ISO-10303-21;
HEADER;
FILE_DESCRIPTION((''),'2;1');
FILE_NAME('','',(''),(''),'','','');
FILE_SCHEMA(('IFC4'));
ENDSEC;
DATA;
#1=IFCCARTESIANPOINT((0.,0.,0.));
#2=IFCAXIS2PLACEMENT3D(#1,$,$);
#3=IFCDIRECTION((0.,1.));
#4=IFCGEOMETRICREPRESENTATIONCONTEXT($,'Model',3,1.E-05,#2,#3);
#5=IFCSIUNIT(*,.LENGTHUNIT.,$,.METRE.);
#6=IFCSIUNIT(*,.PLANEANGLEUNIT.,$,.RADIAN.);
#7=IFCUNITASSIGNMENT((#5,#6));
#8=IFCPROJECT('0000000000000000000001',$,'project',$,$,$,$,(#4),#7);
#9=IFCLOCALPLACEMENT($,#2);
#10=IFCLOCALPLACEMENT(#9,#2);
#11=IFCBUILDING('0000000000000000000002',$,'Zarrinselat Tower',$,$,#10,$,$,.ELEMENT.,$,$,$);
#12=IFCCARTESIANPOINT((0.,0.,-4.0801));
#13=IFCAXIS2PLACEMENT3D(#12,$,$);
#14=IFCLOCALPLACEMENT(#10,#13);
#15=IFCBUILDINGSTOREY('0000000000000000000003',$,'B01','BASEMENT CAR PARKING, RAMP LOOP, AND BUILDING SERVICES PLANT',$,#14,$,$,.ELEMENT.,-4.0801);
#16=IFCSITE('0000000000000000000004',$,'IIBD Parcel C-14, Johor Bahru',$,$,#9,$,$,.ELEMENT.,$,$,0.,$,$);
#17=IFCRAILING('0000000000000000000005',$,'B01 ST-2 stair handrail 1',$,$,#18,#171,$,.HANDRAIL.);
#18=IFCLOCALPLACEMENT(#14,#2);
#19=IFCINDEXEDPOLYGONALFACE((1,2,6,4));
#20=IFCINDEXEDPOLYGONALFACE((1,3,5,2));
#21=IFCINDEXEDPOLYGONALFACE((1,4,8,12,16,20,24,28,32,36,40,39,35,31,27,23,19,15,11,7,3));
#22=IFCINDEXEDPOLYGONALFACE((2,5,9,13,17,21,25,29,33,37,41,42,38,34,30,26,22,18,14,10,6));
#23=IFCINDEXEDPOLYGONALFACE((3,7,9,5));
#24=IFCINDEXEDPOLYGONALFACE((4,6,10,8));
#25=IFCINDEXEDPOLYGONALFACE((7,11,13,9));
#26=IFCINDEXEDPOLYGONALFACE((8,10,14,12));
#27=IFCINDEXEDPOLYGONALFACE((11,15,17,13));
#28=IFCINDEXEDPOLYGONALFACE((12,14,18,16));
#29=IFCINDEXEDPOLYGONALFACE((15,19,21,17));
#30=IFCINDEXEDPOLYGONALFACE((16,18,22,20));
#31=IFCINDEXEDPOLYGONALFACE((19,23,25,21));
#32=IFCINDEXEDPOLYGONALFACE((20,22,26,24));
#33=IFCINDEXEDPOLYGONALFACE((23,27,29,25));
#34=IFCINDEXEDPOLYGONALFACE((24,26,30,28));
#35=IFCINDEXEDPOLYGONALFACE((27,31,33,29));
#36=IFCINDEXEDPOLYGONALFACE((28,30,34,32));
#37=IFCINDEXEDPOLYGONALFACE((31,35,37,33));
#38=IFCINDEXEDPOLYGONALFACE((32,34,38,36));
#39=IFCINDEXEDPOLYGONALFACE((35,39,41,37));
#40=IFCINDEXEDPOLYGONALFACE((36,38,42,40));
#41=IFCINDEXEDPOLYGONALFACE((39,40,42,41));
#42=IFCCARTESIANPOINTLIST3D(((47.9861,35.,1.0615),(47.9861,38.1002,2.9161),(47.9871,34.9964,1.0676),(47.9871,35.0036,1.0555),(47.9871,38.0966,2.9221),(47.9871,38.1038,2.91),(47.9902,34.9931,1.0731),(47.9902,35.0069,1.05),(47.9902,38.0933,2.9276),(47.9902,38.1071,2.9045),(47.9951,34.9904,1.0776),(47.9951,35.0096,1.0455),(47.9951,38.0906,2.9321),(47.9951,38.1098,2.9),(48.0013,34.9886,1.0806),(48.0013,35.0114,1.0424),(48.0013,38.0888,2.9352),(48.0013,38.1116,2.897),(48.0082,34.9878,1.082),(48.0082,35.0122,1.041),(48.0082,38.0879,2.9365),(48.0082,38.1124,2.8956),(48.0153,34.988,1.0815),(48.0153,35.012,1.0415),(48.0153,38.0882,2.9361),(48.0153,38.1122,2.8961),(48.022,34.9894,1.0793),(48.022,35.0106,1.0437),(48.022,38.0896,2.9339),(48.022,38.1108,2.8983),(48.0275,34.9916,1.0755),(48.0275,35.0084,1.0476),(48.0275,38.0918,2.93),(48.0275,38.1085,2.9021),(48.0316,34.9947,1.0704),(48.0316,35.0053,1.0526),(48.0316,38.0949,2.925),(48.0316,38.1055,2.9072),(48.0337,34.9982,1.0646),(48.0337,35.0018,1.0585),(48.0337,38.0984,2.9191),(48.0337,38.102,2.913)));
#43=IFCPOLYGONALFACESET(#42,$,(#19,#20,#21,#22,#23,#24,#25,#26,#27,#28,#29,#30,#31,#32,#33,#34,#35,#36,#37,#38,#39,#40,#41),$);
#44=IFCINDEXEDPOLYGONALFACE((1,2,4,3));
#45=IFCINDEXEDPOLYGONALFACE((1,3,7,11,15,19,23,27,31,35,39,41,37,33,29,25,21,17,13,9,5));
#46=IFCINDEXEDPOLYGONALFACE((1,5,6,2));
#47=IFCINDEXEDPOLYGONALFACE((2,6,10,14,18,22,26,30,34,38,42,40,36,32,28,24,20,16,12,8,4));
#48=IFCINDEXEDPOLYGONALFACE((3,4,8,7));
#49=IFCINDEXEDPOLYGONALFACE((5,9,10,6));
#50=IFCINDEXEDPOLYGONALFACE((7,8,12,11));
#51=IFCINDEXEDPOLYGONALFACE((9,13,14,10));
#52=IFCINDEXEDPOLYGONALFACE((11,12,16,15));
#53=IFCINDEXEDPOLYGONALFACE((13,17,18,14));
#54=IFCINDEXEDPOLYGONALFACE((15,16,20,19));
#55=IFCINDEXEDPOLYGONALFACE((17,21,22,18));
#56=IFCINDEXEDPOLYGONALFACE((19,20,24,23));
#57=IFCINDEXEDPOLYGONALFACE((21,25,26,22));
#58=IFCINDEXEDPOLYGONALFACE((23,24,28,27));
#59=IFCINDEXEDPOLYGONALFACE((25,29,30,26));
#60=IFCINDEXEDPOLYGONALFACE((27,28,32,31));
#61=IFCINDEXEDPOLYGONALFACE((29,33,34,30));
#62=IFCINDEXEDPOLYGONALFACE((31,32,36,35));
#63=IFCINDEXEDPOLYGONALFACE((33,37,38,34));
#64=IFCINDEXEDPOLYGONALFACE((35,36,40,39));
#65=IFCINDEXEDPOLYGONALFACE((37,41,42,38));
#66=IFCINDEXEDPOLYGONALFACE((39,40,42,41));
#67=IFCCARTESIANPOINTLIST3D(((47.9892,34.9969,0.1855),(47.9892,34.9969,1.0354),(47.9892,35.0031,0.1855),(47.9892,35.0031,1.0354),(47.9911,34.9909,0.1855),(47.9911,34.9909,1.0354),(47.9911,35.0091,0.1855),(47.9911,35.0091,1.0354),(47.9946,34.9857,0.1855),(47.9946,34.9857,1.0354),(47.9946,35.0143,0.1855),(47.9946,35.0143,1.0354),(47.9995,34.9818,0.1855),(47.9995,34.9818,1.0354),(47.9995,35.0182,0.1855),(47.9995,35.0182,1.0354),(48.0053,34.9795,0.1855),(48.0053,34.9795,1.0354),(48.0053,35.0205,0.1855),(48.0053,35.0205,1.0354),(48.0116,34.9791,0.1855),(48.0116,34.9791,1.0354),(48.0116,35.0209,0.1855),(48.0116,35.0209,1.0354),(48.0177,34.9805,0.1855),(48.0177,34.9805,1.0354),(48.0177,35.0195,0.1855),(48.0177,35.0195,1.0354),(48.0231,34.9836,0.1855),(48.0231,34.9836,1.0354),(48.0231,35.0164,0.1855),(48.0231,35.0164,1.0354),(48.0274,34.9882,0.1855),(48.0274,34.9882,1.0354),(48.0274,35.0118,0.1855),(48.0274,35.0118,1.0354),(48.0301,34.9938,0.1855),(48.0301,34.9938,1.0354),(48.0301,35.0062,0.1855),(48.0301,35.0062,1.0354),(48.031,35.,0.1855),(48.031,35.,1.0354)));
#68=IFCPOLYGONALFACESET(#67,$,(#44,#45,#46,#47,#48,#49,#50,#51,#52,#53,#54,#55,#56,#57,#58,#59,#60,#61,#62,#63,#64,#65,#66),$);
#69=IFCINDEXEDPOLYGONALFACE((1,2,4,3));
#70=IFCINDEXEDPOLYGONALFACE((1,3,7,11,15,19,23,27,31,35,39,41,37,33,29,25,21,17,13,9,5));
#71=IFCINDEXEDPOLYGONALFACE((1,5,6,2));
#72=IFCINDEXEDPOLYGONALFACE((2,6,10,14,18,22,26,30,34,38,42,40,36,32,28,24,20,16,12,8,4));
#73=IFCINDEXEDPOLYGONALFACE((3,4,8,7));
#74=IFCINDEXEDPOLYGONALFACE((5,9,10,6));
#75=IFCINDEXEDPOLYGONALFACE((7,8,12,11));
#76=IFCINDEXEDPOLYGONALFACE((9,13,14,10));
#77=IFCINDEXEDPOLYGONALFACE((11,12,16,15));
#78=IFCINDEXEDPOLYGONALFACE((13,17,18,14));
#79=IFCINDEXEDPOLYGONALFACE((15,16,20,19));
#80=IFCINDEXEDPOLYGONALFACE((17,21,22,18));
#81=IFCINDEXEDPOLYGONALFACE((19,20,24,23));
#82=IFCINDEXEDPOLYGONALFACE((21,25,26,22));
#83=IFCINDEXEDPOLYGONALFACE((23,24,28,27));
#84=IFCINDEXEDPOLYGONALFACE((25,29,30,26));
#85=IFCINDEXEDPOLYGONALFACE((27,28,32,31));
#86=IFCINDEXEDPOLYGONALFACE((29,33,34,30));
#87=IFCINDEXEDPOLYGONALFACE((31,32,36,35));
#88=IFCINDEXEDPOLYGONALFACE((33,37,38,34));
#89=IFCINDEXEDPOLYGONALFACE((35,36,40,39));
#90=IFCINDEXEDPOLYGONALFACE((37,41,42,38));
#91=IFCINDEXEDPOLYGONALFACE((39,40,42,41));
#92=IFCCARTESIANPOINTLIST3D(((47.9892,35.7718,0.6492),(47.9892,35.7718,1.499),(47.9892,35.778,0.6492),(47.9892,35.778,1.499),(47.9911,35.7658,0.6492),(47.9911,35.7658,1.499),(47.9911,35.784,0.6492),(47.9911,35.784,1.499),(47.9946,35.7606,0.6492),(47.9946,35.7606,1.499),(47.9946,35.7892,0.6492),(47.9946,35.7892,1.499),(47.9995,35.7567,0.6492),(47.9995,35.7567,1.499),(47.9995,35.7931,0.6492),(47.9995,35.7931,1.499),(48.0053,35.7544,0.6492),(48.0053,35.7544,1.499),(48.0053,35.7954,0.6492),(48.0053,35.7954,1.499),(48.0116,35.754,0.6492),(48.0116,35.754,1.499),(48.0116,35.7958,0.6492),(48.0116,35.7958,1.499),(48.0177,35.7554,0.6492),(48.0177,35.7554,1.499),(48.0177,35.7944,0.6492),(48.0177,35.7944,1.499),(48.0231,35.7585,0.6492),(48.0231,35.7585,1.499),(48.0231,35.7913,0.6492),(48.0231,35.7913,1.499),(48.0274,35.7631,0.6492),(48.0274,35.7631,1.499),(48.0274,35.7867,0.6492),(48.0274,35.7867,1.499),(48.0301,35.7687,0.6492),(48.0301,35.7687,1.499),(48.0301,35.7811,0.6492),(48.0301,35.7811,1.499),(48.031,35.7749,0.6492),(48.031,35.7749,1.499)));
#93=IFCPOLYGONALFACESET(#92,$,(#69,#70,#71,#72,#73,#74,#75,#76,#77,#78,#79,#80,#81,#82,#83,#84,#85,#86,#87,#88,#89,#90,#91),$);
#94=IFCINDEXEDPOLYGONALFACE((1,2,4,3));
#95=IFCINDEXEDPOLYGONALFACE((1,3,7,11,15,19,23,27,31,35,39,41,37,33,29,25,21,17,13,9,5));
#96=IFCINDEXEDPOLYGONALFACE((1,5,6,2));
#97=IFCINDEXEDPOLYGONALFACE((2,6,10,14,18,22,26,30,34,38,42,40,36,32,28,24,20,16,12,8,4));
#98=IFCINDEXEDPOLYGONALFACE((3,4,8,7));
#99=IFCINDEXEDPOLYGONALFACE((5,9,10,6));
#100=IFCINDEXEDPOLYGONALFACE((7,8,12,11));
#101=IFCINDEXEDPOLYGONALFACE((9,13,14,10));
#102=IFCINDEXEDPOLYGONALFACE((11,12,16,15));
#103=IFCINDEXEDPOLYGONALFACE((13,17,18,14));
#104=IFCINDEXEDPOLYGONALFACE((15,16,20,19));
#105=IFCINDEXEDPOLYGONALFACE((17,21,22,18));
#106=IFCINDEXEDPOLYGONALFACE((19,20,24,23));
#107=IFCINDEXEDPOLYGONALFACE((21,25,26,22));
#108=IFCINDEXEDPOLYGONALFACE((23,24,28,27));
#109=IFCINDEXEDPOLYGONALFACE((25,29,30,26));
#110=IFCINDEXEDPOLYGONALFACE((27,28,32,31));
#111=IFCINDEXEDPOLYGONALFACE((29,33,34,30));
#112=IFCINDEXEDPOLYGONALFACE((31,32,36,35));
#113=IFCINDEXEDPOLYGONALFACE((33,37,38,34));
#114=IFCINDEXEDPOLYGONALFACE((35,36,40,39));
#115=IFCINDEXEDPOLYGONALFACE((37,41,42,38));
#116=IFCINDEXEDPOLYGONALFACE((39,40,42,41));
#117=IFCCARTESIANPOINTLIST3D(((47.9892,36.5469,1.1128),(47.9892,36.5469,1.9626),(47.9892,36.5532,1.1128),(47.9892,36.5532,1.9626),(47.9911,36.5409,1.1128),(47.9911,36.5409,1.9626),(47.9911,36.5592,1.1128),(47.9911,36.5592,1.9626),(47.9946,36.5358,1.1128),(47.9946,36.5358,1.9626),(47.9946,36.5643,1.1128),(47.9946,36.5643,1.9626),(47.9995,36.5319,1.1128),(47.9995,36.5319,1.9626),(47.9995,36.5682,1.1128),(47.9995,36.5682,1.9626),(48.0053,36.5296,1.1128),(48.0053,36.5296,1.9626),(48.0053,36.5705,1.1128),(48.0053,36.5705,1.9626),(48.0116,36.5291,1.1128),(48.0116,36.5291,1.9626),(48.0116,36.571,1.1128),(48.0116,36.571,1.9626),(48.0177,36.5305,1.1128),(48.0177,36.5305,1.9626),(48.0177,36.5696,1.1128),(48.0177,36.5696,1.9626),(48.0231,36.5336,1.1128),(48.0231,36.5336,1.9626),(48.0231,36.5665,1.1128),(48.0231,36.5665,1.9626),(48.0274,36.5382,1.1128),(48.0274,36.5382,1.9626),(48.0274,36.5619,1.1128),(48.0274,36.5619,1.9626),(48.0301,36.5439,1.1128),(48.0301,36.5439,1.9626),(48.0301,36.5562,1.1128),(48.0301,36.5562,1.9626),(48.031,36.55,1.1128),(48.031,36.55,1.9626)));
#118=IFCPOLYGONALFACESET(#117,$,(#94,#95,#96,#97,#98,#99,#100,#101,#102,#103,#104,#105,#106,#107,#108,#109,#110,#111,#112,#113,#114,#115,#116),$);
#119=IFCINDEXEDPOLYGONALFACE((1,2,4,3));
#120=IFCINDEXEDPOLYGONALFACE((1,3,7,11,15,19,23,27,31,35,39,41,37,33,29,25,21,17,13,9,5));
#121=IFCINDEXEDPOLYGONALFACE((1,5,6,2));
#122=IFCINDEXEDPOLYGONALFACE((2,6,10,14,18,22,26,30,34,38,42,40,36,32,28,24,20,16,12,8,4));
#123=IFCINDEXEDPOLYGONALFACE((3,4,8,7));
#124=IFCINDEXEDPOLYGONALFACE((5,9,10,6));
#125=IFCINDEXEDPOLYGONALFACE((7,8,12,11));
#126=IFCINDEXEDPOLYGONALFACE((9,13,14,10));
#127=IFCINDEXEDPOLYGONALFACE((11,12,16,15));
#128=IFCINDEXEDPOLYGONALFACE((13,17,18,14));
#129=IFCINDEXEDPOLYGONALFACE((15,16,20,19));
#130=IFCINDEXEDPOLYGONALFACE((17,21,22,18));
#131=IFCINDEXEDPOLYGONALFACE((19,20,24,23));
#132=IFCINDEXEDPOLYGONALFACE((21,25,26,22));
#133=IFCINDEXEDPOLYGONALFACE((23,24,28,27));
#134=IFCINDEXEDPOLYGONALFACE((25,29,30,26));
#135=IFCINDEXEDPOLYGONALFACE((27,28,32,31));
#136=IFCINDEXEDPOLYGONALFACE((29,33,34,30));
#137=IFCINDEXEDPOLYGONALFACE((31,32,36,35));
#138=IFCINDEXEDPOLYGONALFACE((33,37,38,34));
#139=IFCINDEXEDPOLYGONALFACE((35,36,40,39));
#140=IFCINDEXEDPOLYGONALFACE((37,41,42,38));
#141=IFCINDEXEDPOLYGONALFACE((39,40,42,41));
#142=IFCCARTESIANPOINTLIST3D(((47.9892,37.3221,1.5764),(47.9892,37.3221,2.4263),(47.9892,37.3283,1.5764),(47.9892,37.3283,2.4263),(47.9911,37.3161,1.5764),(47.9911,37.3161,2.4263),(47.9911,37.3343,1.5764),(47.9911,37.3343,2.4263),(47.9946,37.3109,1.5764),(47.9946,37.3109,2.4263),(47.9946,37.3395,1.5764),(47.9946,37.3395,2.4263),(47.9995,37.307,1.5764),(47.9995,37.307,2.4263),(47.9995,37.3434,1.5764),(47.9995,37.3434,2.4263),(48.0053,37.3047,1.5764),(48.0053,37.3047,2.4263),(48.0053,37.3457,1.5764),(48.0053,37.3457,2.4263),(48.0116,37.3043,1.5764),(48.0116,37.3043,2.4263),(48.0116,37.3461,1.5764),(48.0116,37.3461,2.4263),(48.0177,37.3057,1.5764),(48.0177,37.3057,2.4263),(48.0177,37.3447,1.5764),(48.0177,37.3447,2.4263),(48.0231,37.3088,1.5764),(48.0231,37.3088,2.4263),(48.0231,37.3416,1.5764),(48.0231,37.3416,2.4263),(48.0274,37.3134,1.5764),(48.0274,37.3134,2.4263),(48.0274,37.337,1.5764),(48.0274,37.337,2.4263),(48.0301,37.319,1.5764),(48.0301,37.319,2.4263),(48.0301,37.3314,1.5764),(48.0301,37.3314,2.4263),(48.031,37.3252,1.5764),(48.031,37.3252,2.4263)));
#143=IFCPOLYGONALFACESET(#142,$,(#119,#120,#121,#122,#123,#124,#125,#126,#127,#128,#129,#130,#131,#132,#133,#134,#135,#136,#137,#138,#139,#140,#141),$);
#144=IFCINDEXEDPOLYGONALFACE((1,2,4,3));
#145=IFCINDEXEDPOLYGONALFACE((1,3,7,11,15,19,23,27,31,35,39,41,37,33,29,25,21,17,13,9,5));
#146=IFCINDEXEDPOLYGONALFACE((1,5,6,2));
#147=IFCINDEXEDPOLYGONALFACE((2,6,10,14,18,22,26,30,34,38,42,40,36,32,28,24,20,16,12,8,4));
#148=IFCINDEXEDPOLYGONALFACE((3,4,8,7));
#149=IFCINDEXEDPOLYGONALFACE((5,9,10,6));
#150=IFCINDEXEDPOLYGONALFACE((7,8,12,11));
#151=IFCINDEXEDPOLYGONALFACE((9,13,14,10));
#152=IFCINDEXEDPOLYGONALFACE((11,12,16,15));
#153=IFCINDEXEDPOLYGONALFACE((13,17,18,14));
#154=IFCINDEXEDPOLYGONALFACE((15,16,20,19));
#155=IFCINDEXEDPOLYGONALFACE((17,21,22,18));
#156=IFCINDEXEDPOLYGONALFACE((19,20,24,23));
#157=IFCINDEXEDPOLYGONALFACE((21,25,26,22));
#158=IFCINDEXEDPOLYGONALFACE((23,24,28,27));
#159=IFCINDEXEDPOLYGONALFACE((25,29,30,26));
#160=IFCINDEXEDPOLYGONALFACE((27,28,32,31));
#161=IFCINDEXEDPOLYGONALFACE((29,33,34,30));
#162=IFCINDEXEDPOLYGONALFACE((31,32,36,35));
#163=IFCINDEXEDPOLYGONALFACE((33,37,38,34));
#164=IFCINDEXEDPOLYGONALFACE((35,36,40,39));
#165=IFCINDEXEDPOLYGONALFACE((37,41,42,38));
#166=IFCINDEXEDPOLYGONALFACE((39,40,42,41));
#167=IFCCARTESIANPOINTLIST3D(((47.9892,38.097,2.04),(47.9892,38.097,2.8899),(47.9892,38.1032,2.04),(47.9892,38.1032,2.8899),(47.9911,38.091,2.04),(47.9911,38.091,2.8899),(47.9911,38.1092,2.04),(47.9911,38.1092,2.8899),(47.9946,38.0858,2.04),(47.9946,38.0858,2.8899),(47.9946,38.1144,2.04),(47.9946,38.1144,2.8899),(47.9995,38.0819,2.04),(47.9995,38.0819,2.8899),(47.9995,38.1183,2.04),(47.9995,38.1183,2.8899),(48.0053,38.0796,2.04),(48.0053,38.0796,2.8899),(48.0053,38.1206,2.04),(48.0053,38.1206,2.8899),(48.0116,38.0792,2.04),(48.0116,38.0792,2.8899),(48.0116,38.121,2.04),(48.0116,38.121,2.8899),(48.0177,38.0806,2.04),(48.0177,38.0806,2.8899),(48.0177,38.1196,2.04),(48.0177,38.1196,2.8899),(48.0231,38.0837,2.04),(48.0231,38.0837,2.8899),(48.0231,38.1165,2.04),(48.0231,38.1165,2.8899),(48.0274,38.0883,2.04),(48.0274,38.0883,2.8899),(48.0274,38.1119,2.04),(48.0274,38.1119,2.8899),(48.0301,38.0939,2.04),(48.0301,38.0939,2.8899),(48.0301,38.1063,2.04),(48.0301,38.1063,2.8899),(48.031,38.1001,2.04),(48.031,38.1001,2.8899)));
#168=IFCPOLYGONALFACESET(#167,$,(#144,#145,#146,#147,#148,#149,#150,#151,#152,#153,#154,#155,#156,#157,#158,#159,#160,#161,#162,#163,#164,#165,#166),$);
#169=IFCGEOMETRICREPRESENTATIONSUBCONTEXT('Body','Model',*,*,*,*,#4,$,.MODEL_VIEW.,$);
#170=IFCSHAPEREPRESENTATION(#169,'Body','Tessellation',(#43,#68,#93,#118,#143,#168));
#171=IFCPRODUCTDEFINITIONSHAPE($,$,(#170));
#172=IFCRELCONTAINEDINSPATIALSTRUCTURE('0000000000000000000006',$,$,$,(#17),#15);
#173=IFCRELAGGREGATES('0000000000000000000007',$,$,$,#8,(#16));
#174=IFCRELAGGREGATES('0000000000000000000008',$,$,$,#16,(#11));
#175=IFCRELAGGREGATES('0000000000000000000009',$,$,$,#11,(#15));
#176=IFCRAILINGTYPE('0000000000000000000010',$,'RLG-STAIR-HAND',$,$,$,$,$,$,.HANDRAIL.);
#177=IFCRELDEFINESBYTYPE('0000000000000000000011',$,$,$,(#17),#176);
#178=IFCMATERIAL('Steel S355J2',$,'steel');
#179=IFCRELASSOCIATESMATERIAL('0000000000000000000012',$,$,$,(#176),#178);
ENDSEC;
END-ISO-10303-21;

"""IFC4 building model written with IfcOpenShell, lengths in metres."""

from ifc_helpers import new_model, si_unit, direction, frame, origin, origin_2d, place, context, subcontext, project, spatial, circle, extrude, material, type_object, element, save


model = new_model("IFC4")

# Units and contexts
model_context = context("Model", 3, precision=1e-05, world=origin(), true_north=direction((0.0, 1.0)))
body_context = subcontext(model_context, "Body", "Model", "MODEL_VIEW")
ifc_project = project(units=[si_unit("LENGTHUNIT", "METRE"), si_unit("PLANEANGLEUNIT", "RADIAN")], contexts=[model_context])

# Site, building, storey
site_placement = place(None, origin())
site = spatial("IfcSite", under=ifc_project, at=site_placement, Name="IIBD Parcel C-14, Johor Bahru", CompositionType="ELEMENT", RefElevation=0.0)
building_placement = place(site_placement, origin())
building = spatial("IfcBuilding", under=site, at=building_placement, Name="Zarrinselat Tower", CompositionType="ELEMENT")
storey_placement = place(building_placement, frame((0.0, 0.0, -4.0801)))
storey = spatial("IfcBuildingStorey", under=building, at=storey_placement, Name="B01", Description="BASEMENT CAR PARKING, RAMP LOOP, AND BUILDING SERVICES PLANT", CompositionType="ELEMENT", Elevation=-4.0801)

# Railing
ifc_material_1 = material(Name="Steel S355J2", Category="steel")
railing_type_1 = type_object("IfcRailingType", Name="RLG-STAIR-HAND", PredefinedType="HANDRAIL", material=ifc_material_1)
railing_1_placement = place(storey_placement, frame((48.01, 35.0, 0.1855)))
element("IfcRailing", 1, at=railing_1_placement, inside=storey, type_object=railing_type_1, Name="B01 ST-2 stair handrail 1", PredefinedType="HANDRAIL", context=body_context, shape_type="SweptSolid", body=[
    extrude(circle(Radius=0.0239, at=origin_2d()), frame((0.0, 0.0, 0.876), z_axis=(0.0, 0.858172, 0.513362), x_axis=(-1.0, 0.0, 0.0)), (0.0, 0.0, 1.0), 3.6125),
    extrude(circle(Radius=0.021, at=origin_2d()), origin(), (0.0, 0.0, 1.0), 0.8499),
    extrude(circle(Radius=0.021, at=origin_2d()), frame((0.0, 0.7749, 0.4636)), (0.0, 0.0, 1.0), 0.8499),
    extrude(circle(Radius=0.021, at=origin_2d()), frame((0.0, 1.55, 0.9272)), (0.0, 0.0, 1.0), 0.8499),
    extrude(circle(Radius=0.021, at=origin_2d()), frame((0.0, 2.3252, 1.3909)), (0.0, 0.0, 1.0), 0.8499),
    extrude(circle(Radius=0.021, at=origin_2d()), frame((0.0, 3.1001, 1.8545)), (0.0, 0.0, 1.0), 0.8499),
])

save(model, "model.ifc")
